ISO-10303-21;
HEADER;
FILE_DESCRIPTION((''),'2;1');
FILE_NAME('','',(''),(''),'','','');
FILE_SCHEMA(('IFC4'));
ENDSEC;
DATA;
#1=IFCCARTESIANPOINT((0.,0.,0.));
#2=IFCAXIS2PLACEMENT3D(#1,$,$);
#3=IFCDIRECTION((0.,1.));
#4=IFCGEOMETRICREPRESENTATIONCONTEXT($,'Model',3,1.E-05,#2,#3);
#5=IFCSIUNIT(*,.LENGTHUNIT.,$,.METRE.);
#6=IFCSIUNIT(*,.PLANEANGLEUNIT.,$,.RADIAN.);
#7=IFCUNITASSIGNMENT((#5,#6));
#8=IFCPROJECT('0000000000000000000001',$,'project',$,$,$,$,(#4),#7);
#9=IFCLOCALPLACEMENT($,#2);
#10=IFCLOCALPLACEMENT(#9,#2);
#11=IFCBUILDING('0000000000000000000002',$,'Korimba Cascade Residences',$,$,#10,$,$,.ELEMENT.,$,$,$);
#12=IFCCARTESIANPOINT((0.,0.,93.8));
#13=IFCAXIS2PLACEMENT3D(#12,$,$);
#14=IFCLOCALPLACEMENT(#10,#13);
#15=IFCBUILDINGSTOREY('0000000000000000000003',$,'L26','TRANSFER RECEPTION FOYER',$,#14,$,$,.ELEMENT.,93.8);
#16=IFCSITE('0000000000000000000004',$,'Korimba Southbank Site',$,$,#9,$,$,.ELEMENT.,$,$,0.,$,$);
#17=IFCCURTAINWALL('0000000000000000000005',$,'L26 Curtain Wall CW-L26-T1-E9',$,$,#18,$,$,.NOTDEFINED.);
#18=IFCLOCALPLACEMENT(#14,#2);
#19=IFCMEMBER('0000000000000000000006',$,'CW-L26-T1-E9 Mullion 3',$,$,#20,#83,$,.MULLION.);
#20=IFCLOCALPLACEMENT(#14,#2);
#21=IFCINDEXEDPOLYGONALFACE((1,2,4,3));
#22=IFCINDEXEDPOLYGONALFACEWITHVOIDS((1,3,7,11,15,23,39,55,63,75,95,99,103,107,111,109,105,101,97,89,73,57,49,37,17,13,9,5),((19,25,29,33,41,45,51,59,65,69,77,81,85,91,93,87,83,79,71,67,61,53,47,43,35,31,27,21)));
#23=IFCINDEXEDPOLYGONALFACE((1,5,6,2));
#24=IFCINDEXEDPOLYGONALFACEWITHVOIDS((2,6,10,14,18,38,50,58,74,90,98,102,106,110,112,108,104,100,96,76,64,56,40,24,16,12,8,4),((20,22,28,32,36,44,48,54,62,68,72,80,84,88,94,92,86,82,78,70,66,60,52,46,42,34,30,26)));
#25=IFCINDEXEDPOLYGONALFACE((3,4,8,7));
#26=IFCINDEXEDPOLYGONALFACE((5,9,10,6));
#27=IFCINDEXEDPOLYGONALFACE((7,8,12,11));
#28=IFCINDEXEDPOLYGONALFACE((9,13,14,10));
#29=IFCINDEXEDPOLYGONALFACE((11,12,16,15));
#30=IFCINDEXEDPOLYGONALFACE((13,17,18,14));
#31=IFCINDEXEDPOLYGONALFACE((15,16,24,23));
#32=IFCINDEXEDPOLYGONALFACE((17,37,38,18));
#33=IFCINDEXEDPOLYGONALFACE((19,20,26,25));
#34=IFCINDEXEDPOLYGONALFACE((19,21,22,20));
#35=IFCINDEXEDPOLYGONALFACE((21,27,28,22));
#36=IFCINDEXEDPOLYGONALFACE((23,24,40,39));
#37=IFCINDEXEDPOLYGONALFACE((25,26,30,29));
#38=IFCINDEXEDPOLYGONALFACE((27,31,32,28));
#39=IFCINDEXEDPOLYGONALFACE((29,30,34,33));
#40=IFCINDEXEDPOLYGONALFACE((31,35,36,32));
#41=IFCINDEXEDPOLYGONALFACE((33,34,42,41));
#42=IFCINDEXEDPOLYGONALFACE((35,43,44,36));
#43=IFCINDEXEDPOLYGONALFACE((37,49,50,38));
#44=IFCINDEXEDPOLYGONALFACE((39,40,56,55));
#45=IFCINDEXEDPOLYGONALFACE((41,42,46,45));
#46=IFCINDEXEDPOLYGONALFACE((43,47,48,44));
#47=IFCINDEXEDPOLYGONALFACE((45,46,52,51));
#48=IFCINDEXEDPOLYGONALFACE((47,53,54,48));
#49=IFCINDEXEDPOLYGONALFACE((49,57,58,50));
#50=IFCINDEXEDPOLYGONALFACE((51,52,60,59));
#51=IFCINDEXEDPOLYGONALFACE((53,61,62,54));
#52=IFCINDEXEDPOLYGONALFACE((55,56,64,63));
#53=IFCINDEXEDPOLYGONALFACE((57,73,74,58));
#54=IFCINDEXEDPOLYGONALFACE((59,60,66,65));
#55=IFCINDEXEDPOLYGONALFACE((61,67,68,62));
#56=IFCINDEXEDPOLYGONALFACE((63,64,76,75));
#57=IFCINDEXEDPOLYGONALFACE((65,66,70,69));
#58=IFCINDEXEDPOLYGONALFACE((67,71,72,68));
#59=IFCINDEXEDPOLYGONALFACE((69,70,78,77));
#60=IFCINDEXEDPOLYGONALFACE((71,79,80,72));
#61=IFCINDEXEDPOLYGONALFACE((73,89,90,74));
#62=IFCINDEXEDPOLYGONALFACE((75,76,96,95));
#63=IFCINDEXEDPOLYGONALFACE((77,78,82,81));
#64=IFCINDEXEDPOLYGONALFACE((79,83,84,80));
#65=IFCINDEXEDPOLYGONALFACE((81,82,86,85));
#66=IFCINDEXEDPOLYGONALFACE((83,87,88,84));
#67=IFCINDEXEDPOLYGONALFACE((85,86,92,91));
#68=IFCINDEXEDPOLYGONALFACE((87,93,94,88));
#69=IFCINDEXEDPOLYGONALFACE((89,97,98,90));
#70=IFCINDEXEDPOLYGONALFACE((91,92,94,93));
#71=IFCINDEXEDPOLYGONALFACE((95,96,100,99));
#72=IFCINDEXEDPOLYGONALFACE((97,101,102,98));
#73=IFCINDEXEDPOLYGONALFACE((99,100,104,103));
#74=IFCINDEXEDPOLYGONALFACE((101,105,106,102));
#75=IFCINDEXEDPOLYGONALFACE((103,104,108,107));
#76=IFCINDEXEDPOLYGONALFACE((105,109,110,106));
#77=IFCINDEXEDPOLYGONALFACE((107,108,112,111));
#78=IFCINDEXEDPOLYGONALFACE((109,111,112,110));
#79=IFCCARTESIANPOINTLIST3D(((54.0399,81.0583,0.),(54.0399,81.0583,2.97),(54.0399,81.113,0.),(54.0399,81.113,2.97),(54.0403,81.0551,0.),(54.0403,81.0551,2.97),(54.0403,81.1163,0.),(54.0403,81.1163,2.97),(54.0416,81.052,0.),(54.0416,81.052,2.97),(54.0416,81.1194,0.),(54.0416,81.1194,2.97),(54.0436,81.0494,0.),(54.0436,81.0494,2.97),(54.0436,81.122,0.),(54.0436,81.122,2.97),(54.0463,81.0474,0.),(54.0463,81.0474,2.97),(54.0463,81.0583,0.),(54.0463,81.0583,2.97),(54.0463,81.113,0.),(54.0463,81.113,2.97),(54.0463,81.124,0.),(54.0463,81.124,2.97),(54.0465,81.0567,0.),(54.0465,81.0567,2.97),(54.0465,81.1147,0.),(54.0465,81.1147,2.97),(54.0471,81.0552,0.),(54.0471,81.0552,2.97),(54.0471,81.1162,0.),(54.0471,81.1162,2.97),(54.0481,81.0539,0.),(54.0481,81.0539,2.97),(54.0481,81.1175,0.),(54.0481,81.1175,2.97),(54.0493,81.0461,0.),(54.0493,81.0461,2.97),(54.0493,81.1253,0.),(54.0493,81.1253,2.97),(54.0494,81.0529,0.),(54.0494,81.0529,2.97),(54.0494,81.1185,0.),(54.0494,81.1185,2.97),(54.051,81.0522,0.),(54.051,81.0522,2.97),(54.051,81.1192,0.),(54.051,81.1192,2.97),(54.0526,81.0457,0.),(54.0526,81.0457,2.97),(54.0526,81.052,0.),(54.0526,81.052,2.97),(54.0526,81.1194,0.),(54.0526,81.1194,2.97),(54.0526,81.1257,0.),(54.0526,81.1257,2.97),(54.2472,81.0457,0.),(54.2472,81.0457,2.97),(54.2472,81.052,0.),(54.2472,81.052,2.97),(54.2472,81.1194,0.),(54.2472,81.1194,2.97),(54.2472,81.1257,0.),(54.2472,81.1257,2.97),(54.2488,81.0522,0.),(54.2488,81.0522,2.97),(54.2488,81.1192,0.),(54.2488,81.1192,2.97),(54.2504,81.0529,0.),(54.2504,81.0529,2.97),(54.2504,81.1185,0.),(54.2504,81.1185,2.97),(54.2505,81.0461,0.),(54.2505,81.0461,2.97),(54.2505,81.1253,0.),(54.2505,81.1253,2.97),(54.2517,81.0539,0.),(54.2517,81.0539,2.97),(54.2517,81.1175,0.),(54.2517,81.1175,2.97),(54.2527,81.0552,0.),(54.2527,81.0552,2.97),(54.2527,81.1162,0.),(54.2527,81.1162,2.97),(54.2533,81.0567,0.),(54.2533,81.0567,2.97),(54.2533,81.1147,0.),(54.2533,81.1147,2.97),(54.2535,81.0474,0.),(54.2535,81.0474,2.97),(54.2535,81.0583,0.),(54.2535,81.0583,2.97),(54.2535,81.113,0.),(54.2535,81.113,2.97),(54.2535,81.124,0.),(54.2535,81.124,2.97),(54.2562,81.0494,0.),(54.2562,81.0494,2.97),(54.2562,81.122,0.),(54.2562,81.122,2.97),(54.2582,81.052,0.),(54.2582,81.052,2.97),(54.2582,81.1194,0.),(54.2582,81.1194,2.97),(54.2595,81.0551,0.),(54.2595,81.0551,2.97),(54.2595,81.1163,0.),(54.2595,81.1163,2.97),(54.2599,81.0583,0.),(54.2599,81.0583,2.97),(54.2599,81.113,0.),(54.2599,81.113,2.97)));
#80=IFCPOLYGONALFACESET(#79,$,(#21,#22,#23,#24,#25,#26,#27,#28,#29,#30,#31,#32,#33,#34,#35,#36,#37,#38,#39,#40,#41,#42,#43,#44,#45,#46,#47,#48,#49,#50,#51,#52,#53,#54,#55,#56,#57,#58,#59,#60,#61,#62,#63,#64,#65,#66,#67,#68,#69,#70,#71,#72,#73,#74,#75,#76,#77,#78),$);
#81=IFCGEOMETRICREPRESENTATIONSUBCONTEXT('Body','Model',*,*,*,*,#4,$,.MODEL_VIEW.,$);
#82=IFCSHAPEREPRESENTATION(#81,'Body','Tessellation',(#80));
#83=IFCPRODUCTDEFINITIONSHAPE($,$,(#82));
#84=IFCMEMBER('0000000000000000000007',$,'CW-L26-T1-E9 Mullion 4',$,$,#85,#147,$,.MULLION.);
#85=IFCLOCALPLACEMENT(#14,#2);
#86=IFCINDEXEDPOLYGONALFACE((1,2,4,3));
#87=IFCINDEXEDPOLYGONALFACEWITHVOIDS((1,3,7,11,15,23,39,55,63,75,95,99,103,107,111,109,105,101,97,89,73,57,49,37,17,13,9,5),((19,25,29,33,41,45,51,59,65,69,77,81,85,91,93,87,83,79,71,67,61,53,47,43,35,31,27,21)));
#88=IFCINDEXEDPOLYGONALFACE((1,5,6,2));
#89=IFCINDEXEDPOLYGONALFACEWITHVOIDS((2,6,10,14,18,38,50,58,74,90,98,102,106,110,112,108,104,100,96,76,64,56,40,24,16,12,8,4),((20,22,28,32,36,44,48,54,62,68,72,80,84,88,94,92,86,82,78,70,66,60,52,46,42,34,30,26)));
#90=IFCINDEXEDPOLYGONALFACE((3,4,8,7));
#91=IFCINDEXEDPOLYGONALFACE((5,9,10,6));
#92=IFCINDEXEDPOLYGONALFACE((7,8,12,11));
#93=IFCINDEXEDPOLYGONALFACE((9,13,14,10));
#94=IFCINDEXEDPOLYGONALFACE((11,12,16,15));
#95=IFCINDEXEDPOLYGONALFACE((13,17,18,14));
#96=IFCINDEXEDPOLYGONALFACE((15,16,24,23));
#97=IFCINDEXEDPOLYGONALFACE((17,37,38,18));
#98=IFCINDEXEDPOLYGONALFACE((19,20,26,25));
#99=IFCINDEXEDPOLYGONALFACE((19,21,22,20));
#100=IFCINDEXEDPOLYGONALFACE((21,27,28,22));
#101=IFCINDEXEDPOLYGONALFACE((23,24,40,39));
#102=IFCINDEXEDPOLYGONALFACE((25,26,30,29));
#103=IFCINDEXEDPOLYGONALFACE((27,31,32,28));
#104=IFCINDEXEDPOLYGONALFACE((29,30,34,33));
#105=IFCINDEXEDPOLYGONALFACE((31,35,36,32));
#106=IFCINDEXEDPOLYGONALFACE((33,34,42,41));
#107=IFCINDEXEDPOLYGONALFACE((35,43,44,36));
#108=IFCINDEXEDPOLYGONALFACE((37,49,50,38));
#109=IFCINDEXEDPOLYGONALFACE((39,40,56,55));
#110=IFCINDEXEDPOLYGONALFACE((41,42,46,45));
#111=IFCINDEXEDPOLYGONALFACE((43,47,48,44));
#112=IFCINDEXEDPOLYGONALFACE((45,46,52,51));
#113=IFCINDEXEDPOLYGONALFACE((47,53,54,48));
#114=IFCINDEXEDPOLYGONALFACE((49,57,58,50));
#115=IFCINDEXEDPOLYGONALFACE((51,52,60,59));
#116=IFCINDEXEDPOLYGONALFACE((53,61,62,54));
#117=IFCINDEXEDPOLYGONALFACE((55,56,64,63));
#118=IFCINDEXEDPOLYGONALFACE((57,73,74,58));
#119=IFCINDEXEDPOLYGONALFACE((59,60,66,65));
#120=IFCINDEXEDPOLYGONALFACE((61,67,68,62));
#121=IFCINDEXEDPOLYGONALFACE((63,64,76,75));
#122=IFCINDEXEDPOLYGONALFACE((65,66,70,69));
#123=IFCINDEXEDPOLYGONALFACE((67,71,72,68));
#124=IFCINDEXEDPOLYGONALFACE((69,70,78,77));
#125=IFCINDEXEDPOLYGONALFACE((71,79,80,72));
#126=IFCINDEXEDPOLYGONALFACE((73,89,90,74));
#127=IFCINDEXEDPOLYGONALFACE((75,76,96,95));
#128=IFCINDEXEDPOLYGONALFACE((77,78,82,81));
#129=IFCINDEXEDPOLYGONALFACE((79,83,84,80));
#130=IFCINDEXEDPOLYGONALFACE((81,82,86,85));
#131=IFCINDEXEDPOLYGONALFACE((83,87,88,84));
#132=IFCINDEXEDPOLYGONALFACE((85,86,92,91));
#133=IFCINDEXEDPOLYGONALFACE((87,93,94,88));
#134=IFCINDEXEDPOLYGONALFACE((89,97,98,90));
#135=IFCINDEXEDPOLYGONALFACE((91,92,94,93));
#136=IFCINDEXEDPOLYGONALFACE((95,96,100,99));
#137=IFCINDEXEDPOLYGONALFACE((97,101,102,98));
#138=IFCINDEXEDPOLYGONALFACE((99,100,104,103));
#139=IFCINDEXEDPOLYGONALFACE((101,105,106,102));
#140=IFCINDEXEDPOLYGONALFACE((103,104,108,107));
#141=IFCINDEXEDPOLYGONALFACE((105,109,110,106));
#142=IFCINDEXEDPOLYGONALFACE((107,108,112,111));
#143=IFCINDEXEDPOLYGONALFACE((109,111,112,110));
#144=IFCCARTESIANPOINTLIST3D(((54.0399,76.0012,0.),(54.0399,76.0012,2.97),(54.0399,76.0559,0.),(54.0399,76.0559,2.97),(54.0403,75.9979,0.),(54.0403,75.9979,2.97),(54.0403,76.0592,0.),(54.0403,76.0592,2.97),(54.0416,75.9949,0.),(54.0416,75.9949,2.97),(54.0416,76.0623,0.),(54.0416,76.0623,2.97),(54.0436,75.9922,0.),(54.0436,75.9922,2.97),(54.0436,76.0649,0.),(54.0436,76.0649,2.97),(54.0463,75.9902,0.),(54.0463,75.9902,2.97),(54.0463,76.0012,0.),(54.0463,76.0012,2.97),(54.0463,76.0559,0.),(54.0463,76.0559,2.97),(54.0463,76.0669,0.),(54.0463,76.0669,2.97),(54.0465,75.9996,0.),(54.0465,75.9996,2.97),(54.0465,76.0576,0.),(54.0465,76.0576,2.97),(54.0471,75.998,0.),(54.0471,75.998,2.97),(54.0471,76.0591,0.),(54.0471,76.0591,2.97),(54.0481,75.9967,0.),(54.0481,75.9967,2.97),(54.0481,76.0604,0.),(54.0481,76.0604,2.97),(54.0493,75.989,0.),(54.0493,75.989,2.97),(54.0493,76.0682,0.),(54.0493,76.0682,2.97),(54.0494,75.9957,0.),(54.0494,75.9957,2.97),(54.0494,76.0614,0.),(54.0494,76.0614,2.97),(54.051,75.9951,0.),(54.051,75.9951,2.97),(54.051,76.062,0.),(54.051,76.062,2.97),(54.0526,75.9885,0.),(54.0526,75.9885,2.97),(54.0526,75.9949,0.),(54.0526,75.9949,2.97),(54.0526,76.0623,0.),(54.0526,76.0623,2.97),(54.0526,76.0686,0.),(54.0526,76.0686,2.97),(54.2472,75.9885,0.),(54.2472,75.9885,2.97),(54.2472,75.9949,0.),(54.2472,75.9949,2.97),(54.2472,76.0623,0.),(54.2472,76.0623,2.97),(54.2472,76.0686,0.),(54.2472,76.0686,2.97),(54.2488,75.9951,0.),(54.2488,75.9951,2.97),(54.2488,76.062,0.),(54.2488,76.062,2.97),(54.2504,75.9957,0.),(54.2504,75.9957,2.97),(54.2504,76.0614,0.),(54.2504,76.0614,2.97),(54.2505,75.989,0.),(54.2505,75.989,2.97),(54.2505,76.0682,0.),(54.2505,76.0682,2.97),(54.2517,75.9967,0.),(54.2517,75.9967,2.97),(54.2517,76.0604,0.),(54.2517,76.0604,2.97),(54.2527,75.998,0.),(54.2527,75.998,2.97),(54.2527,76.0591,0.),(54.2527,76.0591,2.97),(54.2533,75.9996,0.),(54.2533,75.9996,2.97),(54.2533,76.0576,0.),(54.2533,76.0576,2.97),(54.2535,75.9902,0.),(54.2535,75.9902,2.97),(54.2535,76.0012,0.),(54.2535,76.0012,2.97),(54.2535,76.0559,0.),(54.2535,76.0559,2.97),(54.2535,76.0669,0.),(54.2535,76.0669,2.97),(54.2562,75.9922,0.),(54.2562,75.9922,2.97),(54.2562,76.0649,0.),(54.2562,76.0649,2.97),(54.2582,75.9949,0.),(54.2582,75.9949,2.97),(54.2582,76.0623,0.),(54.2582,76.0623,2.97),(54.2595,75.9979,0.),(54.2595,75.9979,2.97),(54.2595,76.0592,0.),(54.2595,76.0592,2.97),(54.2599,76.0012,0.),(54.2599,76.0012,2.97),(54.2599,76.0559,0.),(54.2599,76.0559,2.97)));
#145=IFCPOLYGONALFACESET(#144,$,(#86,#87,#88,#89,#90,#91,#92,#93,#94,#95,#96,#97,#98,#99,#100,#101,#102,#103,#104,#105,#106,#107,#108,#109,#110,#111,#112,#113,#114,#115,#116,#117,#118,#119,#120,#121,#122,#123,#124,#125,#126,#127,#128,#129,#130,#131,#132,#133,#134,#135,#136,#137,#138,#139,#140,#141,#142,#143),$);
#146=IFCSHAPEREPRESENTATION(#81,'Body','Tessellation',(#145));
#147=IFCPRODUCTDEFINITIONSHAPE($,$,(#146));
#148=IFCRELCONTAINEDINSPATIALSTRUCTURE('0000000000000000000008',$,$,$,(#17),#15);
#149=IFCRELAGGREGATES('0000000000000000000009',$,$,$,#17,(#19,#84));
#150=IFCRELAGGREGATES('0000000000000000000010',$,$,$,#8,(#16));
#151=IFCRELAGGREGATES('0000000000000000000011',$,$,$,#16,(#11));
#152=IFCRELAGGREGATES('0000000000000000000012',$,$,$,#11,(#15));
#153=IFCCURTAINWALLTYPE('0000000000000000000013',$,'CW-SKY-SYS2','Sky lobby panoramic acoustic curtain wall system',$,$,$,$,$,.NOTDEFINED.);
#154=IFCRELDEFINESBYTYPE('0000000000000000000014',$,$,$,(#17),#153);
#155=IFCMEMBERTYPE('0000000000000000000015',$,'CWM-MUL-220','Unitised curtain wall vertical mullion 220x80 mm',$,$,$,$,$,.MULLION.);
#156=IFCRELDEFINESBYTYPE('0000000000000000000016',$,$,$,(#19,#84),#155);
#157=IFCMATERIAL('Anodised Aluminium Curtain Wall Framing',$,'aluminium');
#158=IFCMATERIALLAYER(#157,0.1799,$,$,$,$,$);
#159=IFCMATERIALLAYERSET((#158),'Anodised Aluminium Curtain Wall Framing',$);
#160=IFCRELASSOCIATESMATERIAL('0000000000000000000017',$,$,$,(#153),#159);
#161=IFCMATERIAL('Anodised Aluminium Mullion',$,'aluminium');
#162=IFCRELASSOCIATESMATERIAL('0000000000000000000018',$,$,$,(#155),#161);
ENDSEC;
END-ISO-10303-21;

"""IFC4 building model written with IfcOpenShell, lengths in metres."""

from ifc_helpers import new_model, si_unit, direction, frame, origin, origin_2d, place, context, subcontext, project, spatial, hollow_rectangle, extrude, material, layer, layer_set, material_profile, profile_set, type_object, element, aggregate, save


model = new_model("IFC4")

# Units and contexts
model_context = context("Model", 3, precision=1e-05, world=origin(), true_north=direction((0.0, 1.0)))
body_context = subcontext(model_context, "Body", "Model", "MODEL_VIEW")
ifc_project = project(units=[si_unit("LENGTHUNIT", "METRE"), si_unit("PLANEANGLEUNIT", "RADIAN")], contexts=[model_context])

# Site, building, storey
site_placement = place(None, origin())
site = spatial("IfcSite", under=ifc_project, at=site_placement, Name="Korimba Southbank Site", CompositionType="ELEMENT", RefElevation=0.0)
building_placement = place(site_placement, origin())
building = spatial("IfcBuilding", under=site, at=building_placement, Name="Korimba Cascade Residences", CompositionType="ELEMENT")
storey_placement = place(building_placement, frame((0.0, 0.0, 93.8)))
storey = spatial("IfcBuildingStorey", under=building, at=storey_placement, Name="L26", Description="TRANSFER RECEPTION FOYER", CompositionType="ELEMENT", Elevation=93.8)

# Curtain wall, members
ifc_material_1 = material(Name="Anodised Aluminium Curtain Wall Framing", Category="aluminium")
ifc_layer_1 = layer(ifc_material_1, 0.1799)
ifc_layer_set_1 = layer_set([ifc_layer_1], Name="Anodised Aluminium Curtain Wall Framing")
curtain_wall_type = type_object("IfcCurtainWallType", Name="CW-SKY-SYS2", Description="Sky lobby panoramic acoustic curtain wall system", PredefinedType="NOTDEFINED", material=ifc_layer_set_1)
curtain_wall_placement = place(storey_placement, origin())
curtain_wall = element("IfcCurtainWall", 1, at=curtain_wall_placement, inside=storey, type_object=curtain_wall_type, Name="L26 Curtain Wall CW-L26-T1-E9", PredefinedType="NOTDEFINED")
ifc_material_2 = material(Name="Anodised Aluminium Mullion", Category="aluminium")
ifc_material_profile_1 = material_profile(ifc_material_2, hollow_rectangle(XDim=0.0801, YDim=0.22, WallThickness=0.0063, InnerFilletRadius=0.0063, OuterFilletRadius=0.0127, at=origin_2d()), Name="Anodised Aluminium Mullion")
ifc_profile_set_1 = profile_set([ifc_material_profile_1], Name="Anodised Aluminium Mullion")
member_type_1 = type_object("IfcMemberType", Name="CWM-MUL-220", Description="Unitised curtain wall vertical mullion 220x80 mm", PredefinedType="MULLION", material=ifc_profile_set_1)
member_1_placement = place(storey_placement, frame((54.1499, 81.0857, 0.0), z_axis=(0.0, 0.0, 1.0), x_axis=(0.0, -1.0, 0.0)))
member_1 = element("IfcMember", 2, at=member_1_placement, type_object=member_type_1, Name="CW-L26-T1-E9 Mullion 3", PredefinedType="MULLION", context=body_context, shape_type="SweptSolid", body=[
    extrude(hollow_rectangle(XDim=0.0801, YDim=0.22, WallThickness=0.0063, InnerFilletRadius=0.0063, OuterFilletRadius=0.0127, at=origin_2d()), origin(), (0.0, 0.0, 1.0), 2.97),
])
member_2_placement = place(storey_placement, frame((54.1499, 76.0286, 0.0), z_axis=(0.0, 0.0, 1.0), x_axis=(0.0, -1.0, 0.0)))
member_2 = element("IfcMember", 3, at=member_2_placement, type_object=member_type_1, Name="CW-L26-T1-E9 Mullion 4", PredefinedType="MULLION", context=body_context, shape_type="SweptSolid", body=[
    extrude(hollow_rectangle(XDim=0.0801, YDim=0.22, WallThickness=0.0063, InnerFilletRadius=0.0063, OuterFilletRadius=0.0127, at=origin_2d()), origin(), (0.0, 0.0, 1.0), 2.97),
])
aggregate(curtain_wall, [member_1, member_2])

save(model, "model.ifc")
